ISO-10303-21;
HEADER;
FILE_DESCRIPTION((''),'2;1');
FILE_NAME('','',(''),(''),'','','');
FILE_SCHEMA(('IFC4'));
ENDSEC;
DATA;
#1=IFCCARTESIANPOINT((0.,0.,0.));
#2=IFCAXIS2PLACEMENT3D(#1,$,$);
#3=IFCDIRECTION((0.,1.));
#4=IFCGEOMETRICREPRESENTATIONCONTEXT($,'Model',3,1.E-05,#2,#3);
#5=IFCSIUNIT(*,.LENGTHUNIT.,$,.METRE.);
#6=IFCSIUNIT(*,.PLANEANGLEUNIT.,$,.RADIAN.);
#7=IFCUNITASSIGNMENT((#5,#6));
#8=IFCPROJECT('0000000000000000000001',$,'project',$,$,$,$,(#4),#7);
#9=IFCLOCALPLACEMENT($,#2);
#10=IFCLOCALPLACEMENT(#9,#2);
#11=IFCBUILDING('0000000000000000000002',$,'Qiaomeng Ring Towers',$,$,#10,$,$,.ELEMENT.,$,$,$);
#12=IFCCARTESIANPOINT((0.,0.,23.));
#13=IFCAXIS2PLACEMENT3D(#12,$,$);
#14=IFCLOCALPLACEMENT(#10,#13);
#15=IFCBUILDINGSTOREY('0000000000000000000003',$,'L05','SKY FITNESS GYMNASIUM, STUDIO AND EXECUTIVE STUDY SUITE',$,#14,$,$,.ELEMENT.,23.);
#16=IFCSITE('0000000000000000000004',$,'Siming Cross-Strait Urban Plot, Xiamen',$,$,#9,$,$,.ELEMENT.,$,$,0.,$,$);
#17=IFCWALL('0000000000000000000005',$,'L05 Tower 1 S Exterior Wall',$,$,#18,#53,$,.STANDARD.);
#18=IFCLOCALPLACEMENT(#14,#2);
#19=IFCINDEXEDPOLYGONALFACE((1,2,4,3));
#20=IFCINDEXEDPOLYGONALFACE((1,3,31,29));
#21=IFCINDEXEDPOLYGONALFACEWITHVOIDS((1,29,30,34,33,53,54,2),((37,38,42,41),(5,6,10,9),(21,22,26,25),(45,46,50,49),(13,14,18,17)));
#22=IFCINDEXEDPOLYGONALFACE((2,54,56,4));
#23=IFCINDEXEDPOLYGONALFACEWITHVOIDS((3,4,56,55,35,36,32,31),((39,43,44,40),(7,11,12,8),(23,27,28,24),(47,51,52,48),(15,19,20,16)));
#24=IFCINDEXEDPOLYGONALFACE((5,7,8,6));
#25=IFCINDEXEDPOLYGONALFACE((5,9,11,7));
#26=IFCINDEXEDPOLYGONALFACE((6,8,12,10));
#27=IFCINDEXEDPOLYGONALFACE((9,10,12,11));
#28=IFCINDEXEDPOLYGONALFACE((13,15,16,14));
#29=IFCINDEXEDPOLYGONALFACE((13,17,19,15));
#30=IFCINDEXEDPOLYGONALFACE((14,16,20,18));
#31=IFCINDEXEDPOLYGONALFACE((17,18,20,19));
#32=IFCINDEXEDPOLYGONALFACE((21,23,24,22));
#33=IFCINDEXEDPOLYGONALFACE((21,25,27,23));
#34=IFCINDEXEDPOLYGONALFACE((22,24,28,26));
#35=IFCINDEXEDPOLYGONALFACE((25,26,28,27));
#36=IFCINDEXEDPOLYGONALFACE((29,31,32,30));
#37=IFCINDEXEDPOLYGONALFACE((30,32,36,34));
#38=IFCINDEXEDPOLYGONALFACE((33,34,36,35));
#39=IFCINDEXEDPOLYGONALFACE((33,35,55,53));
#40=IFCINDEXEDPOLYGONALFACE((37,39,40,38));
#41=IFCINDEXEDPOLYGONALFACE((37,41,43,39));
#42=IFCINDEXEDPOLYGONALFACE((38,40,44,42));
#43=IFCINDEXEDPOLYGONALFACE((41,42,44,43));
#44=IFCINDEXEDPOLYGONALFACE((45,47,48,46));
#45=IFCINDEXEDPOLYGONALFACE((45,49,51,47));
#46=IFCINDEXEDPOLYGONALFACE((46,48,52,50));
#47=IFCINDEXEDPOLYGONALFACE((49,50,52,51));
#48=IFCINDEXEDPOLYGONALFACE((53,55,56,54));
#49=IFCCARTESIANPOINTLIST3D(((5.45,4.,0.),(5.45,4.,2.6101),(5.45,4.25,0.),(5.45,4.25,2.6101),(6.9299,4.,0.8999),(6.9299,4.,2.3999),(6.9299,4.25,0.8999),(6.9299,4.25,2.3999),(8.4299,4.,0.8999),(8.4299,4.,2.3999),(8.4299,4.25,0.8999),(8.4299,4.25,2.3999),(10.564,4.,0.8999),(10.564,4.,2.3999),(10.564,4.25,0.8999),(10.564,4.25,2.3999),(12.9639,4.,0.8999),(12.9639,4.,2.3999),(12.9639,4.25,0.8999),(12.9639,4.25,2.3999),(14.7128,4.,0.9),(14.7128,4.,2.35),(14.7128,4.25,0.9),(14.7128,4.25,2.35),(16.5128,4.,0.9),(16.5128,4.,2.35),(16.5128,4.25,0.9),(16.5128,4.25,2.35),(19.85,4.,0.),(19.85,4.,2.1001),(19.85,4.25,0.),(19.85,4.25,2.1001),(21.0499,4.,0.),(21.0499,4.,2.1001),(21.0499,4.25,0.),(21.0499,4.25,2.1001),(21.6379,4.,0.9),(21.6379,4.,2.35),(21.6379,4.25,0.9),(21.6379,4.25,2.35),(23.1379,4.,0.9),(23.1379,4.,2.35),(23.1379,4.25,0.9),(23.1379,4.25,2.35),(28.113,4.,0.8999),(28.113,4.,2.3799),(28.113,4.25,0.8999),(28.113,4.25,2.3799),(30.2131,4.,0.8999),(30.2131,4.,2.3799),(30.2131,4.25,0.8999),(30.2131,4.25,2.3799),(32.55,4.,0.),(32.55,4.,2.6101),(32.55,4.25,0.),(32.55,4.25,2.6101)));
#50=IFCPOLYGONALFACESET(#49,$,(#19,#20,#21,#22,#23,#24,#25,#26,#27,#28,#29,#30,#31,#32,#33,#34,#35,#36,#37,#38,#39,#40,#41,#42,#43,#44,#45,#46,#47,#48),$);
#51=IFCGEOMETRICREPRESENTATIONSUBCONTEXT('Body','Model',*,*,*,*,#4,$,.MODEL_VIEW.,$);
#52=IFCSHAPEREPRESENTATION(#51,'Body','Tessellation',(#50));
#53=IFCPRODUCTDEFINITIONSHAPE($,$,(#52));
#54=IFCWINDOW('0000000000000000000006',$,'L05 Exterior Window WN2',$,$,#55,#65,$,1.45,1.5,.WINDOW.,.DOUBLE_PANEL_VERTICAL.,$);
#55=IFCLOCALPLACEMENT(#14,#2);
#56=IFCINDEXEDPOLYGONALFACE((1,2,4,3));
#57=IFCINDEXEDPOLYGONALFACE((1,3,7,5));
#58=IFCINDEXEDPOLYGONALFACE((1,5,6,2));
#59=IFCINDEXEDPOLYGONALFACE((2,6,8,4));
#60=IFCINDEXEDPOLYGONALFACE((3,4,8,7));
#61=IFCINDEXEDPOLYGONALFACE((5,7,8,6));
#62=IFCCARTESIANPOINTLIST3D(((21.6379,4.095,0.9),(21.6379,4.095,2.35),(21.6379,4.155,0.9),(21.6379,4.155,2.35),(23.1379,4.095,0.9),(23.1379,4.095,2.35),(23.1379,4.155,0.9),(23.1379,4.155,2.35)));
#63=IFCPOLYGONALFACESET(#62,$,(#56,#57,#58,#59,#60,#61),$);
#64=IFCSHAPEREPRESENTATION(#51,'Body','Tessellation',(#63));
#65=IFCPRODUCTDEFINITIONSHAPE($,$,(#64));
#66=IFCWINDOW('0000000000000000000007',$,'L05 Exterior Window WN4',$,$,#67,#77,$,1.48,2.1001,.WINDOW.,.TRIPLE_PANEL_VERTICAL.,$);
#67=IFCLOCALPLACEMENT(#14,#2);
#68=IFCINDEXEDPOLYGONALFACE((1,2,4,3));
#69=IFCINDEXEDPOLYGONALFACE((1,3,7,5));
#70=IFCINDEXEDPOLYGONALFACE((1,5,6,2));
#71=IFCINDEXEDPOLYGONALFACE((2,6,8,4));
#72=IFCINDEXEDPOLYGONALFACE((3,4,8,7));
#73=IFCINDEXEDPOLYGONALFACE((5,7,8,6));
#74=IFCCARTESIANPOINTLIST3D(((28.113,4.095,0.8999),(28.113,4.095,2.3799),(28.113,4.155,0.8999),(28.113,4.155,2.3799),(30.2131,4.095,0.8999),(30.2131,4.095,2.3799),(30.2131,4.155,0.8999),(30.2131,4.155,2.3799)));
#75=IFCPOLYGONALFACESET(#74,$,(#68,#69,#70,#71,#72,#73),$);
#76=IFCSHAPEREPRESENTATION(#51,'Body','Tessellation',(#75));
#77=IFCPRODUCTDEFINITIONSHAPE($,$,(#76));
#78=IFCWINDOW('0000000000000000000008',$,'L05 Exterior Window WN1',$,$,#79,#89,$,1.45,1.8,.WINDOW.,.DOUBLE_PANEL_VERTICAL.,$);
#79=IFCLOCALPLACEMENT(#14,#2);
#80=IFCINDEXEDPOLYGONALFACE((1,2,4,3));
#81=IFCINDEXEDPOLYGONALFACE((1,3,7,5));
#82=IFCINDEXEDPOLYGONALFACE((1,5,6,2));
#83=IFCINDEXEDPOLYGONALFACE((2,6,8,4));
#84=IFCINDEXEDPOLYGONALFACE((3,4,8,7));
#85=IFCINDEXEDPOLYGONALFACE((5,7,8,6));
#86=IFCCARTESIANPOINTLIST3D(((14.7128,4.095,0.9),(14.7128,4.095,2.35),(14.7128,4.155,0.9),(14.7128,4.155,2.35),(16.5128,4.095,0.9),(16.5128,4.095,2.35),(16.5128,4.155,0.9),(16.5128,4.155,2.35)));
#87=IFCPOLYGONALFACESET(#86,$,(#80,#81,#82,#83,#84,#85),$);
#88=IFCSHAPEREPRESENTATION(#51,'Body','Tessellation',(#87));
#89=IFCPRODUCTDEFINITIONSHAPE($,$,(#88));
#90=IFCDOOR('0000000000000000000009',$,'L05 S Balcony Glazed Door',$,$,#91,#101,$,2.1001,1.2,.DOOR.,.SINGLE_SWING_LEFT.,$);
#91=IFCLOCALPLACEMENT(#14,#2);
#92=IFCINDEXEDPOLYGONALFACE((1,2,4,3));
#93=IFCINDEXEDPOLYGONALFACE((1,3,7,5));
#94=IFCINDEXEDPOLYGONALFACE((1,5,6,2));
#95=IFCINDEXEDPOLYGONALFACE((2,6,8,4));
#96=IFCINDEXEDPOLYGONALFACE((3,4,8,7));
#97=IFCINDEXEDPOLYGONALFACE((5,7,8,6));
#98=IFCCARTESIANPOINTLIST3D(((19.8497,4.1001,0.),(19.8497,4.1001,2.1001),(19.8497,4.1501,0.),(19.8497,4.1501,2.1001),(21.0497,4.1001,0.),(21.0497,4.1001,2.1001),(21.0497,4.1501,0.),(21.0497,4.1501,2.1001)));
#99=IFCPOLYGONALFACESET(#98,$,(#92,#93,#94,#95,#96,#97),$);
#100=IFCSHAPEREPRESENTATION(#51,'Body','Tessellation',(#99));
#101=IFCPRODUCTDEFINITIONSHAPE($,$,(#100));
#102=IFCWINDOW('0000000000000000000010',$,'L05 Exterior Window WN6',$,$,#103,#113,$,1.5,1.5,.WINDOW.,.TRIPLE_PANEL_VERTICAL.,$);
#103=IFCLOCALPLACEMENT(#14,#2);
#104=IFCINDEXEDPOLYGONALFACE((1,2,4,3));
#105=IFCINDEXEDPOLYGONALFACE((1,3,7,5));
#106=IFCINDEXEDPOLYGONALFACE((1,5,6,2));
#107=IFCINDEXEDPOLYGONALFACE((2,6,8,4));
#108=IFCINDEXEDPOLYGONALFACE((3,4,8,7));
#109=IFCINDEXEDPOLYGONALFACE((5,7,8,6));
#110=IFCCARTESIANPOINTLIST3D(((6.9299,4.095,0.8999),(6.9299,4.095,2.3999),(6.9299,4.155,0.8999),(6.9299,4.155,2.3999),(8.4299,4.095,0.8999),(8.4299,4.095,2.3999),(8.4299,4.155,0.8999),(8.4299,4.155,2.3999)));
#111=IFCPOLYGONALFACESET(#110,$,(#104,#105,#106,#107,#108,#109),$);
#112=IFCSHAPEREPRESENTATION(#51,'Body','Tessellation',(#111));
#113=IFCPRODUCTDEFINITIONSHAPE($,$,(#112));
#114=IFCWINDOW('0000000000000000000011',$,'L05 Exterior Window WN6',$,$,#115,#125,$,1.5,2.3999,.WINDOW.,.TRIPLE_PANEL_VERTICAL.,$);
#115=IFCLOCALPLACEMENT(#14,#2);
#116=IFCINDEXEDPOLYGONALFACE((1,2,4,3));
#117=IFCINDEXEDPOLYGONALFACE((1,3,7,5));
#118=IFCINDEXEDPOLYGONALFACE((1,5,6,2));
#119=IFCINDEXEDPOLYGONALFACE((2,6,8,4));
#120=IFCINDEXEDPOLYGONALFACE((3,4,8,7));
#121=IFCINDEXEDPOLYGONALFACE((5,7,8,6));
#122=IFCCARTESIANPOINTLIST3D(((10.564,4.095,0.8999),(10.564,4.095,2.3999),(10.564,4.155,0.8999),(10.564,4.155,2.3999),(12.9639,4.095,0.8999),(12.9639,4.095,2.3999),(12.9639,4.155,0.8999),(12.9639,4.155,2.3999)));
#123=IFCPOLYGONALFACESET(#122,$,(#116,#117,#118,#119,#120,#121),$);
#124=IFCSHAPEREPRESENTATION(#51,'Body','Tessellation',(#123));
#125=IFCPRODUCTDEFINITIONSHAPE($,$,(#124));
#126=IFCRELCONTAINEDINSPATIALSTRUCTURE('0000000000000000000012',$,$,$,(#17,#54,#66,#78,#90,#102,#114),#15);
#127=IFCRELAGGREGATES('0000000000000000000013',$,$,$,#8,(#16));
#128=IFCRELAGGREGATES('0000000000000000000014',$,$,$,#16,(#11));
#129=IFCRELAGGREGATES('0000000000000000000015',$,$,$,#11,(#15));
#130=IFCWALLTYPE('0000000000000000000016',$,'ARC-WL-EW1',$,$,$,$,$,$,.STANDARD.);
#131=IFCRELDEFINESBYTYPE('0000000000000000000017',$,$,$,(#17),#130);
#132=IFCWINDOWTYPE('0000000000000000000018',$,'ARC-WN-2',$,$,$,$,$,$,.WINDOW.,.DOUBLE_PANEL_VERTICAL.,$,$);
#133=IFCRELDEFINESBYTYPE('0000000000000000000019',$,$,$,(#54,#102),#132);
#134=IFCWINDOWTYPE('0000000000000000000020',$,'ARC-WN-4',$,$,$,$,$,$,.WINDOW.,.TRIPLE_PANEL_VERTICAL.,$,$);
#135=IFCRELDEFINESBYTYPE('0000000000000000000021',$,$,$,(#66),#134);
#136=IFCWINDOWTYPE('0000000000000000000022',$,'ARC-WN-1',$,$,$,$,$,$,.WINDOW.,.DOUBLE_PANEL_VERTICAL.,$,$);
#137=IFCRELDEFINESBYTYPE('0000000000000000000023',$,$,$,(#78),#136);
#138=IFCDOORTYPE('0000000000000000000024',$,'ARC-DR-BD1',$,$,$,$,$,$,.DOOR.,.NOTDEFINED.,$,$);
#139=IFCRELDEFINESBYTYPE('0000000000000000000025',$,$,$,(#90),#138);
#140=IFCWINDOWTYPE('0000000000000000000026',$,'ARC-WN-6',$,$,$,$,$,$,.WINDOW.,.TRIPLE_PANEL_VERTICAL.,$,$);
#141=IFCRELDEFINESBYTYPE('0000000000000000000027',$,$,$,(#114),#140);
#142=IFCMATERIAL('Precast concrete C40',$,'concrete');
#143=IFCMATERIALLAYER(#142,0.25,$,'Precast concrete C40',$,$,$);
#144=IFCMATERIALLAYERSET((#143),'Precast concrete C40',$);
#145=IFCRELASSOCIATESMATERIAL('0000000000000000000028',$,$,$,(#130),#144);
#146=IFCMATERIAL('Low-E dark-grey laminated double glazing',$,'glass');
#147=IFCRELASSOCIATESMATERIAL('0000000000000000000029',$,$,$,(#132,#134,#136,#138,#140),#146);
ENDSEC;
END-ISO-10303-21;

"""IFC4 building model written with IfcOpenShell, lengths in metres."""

from ifc_helpers import new_model, si_unit, direction, frame, frame_2d, origin, place, context, subcontext, project, spatial, rectangle, extrude, source, transform, mapped, material, layer, layer_set, type_object, element, fill, save


model = new_model("IFC4")

# Units and contexts
model_context = context("Model", 3, precision=1e-05, world=origin(), true_north=direction((0.0, 1.0)))
body_context = subcontext(model_context, "Body", "Model", "MODEL_VIEW")
ifc_project = project(units=[si_unit("LENGTHUNIT", "METRE"), si_unit("PLANEANGLEUNIT", "RADIAN")], contexts=[model_context])

# Site, building, storey
site_placement = place(None, origin())
site = spatial("IfcSite", under=ifc_project, at=site_placement, Name="Siming Cross-Strait Urban Plot, Xiamen", CompositionType="ELEMENT", RefElevation=0.0)
building_placement = place(site_placement, origin())
building = spatial("IfcBuilding", under=site, at=building_placement, Name="Qiaomeng Ring Towers", CompositionType="ELEMENT")
storey_placement = place(building_placement, frame((0.0, 0.0, 23.0)))
storey = spatial("IfcBuildingStorey", under=building, at=storey_placement, Name="L05", Description="SKY FITNESS GYMNASIUM, STUDIO AND EXECUTIVE STUDY SUITE", CompositionType="ELEMENT", Elevation=23.0)

# Shared definitions
ifc_material_1 = material(Name="Low-E dark-grey laminated double glazing", Category="glass")

# Wall, openings, windows, door
ifc_material_2 = material(Name="Precast concrete C40", Category="concrete")
ifc_layer_1 = layer(ifc_material_2, 0.25, Name="Precast concrete C40")
ifc_layer_set_1 = layer_set([ifc_layer_1], Name="Precast concrete C40")
wall_type_1 = type_object("IfcWallType", Name="ARC-WL-EW1", PredefinedType="STANDARD", material=ifc_layer_set_1)
wall_1_placement = place(storey_placement, frame((5.45, 4.125, 0.0), z_axis=(0.0, 0.0, 1.0), x_axis=(1.0, 0.0, 0.0)))
wall_1 = element("IfcWall", 1, at=wall_1_placement, inside=storey, type_object=wall_type_1, Name="L05 Tower 1 S Exterior Wall", PredefinedType="STANDARD", context=body_context, shape_type="SweptSolid", body=[
    extrude(rectangle(XDim=27.1001, YDim=0.25, at=frame_2d((13.55, 0.0))), origin(), (0.0, 0.0, 1.0), 2.6101),
])
opening_1_placement = place(wall_1_placement, frame((14.3999, 0.0, 0.0)))
opening_1 = element("IfcOpeningElement", 2, at=opening_1_placement, cuts=wall_1, PredefinedType="OPENING", context=body_context, shape_type="SweptSolid", body=[
    extrude(rectangle(XDim=1.2, YDim=2.1001, at=frame_2d((0.6001, 1.05))), frame((0.0, 0.135, 0.0), z_axis=(0.0, -1.0, 0.0), x_axis=(1.0, 0.0, 0.0)), (0.0, 0.0, 1.0), 0.27),
])
opening_2_placement = place(wall_1_placement, frame((1.48, 0.0, 0.8999)))
opening_2 = element("IfcOpeningElement", 3, at=opening_2_placement, cuts=wall_1, PredefinedType="OPENING", context=body_context, shape_type="SweptSolid", body=[
    extrude(rectangle(XDim=1.5, YDim=1.5, at=frame_2d((0.75, 0.75))), frame((0.0, 0.135, 0.0), z_axis=(0.0, -1.0, 0.0), x_axis=(1.0, 0.0, 0.0)), (0.0, 0.0, 1.0), 0.27),
])
opening_3_placement = place(wall_1_placement, frame((9.2629, 0.0, 0.8999)))
opening_3 = element("IfcOpeningElement", 4, at=opening_3_placement, cuts=wall_1, PredefinedType="OPENING", context=body_context, shape_type="SweptSolid", body=[
    extrude(rectangle(XDim=1.8, YDim=1.45, at=frame_2d((0.8999, 0.7251))), frame((0.0, 0.135, 0.0), z_axis=(0.0, -1.0, 0.0), x_axis=(1.0, 0.0, 0.0)), (0.0, 0.0, 1.0), 0.27),
])
opening_4_placement = place(wall_1_placement, frame((16.188, 0.0, 0.8999)))
opening_4 = element("IfcOpeningElement", 5, at=opening_4_placement, cuts=wall_1, PredefinedType="OPENING", context=body_context, shape_type="SweptSolid", body=[
    extrude(rectangle(XDim=1.5, YDim=1.45, at=frame_2d((0.75, 0.7251))), frame((0.0, 0.135, 0.0), z_axis=(0.0, -1.0, 0.0), x_axis=(1.0, 0.0, 0.0)), (0.0, 0.0, 1.0), 0.27),
])
opening_5_placement = place(wall_1_placement, frame((22.6631, 0.0, 0.8999)))
opening_5 = element("IfcOpeningElement", 6, at=opening_5_placement, cuts=wall_1, PredefinedType="OPENING", context=body_context, shape_type="SweptSolid", body=[
    extrude(rectangle(XDim=2.1001, YDim=1.48, at=frame_2d((1.05, 0.74))), frame((0.0, 0.135, 0.0), z_axis=(0.0, -1.0, 0.0), x_axis=(1.0, 0.0, 0.0)), (0.0, 0.0, 1.0), 0.27),
])
opening_6_placement = place(wall_1_placement, frame((5.114, 0.0, 0.8999)))
opening_6 = element("IfcOpeningElement", 7, at=opening_6_placement, cuts=wall_1, PredefinedType="OPENING", context=body_context, shape_type="SweptSolid", body=[
    extrude(rectangle(XDim=2.3999, YDim=1.5, at=frame_2d((1.2, 0.75))), frame((0.0, 0.135, 0.0), z_axis=(0.0, -1.0, 0.0), x_axis=(1.0, 0.0, 0.0)), (0.0, 0.0, 1.0), 0.27),
])
window_type_1 = type_object("IfcWindowType", Name="ARC-WN-2", PartitioningType="DOUBLE_PANEL_VERTICAL", PredefinedType="WINDOW", material=ifc_material_1)
shared_shape_1 = source(origin(), body_context, "Body", "SweptSolid", [
    extrude(rectangle(XDim=1.5, YDim=1.45, at=frame_2d((0.75, 0.7251))), frame((0.0, 0.03, 0.0), z_axis=(0.0, -1.0, 0.0), x_axis=(1.0, 0.0, 0.0)), (0.0, 0.0, 1.0), 0.0601),
])
window_1_placement = place(opening_4_placement, origin())
window_1 = element("IfcWindow", 8, at=window_1_placement, inside=storey, type_object=window_type_1, Name="L05 Exterior Window WN2", OverallHeight=1.45, OverallWidth=1.5, PartitioningType="DOUBLE_PANEL_VERTICAL", PredefinedType="WINDOW", context=body_context, shape_type="MappedRepresentation", body=[
    mapped(shared_shape_1, transform((0.0, 0.0, 0.0), x_axis=(1.0, 0.0, 0.0), y_axis=(0.0, 1.0, 0.0), z_axis=(0.0, 0.0, 1.0), scale=1.0)),
])
fill(opening_4, window_1)
window_type_2 = type_object("IfcWindowType", Name="ARC-WN-4", PartitioningType="TRIPLE_PANEL_VERTICAL", PredefinedType="WINDOW", material=ifc_material_1)
shared_shape_2 = source(origin(), body_context, "Body", "SweptSolid", [
    extrude(rectangle(XDim=2.1001, YDim=1.48, at=frame_2d((1.05, 0.74))), frame((0.0, 0.03, 0.0), z_axis=(0.0, -1.0, 0.0), x_axis=(1.0, 0.0, 0.0)), (0.0, 0.0, 1.0), 0.0601),
])
window_2_placement = place(opening_5_placement, origin())
window_2 = element("IfcWindow", 9, at=window_2_placement, inside=storey, type_object=window_type_2, Name="L05 Exterior Window WN4", OverallHeight=1.48, OverallWidth=2.1001, PartitioningType="TRIPLE_PANEL_VERTICAL", PredefinedType="WINDOW", context=body_context, shape_type="MappedRepresentation", body=[
    mapped(shared_shape_2, transform((0.0, 0.0, 0.0), x_axis=(1.0, 0.0, 0.0), y_axis=(0.0, 1.0, 0.0), z_axis=(0.0, 0.0, 1.0), scale=1.0)),
])
fill(opening_5, window_2)
window_type_3 = type_object("IfcWindowType", Name="ARC-WN-1", PartitioningType="DOUBLE_PANEL_VERTICAL", PredefinedType="WINDOW", material=ifc_material_1)
shared_shape_3 = source(origin(), body_context, "Body", "SweptSolid", [
    extrude(rectangle(XDim=1.8, YDim=1.45, at=frame_2d((0.8999, 0.7251))), frame((0.0, 0.03, 0.0), z_axis=(0.0, -1.0, 0.0), x_axis=(1.0, 0.0, 0.0)), (0.0, 0.0, 1.0), 0.0601),
])
window_3_placement = place(opening_3_placement, origin())
window_3 = element("IfcWindow", 10, at=window_3_placement, inside=storey, type_object=window_type_3, Name="L05 Exterior Window WN1", OverallHeight=1.45, OverallWidth=1.8, PartitioningType="DOUBLE_PANEL_VERTICAL", PredefinedType="WINDOW", context=body_context, shape_type="MappedRepresentation", body=[
    mapped(shared_shape_3, transform((0.0, 0.0, 0.0), x_axis=(1.0, 0.0, 0.0), y_axis=(0.0, 1.0, 0.0), z_axis=(0.0, 0.0, 1.0), scale=1.0)),
])
fill(opening_3, window_3)
door_type_1 = type_object("IfcDoorType", Name="ARC-DR-BD1", OperationType="NOTDEFINED", PredefinedType="DOOR", material=ifc_material_1)
shared_shape_4 = source(origin(), body_context, "Body", "SweptSolid", [
    extrude(rectangle(XDim=1.2, YDim=2.1001, at=frame_2d((0.6001, 1.05))), frame((0.0, 0.0249, 0.0), z_axis=(0.0, -1.0, 0.0), x_axis=(1.0, 0.0, 0.0)), (0.0, 0.0, 1.0), 0.05),
])
door_1_placement = place(opening_1_placement, frame((1.2, 0.0, 0.0), z_axis=(0.0, 0.0, 1.0), x_axis=(-1.0, 0.0, 0.0)))
door_1 = element("IfcDoor", 11, at=door_1_placement, inside=storey, type_object=door_type_1, Name="L05 S Balcony Glazed Door", OperationType="SINGLE_SWING_LEFT", OverallHeight=2.1001, OverallWidth=1.2, PredefinedType="DOOR", context=body_context, shape_type="MappedRepresentation", body=[
    mapped(shared_shape_4, transform((0.0, 0.0, 0.0), x_axis=(1.0, 0.0, 0.0), y_axis=(0.0, 1.0, 0.0), z_axis=(0.0, 0.0, 1.0), scale=1.0)),
])
fill(opening_1, door_1)
shared_shape_5 = source(origin(), body_context, "Body", "SweptSolid", [
    extrude(rectangle(XDim=1.5, YDim=1.5, at=frame_2d((0.75, 0.75))), frame((0.0, 0.03, 0.0), z_axis=(0.0, -1.0, 0.0), x_axis=(1.0, 0.0, 0.0)), (0.0, 0.0, 1.0), 0.0601),
])
window_4_placement = place(opening_2_placement, origin())
window_4 = element("IfcWindow", 12, at=window_4_placement, inside=storey, type_object=window_type_1, Name="L05 Exterior Window WN6", OverallHeight=1.5, OverallWidth=1.5, PartitioningType="TRIPLE_PANEL_VERTICAL", PredefinedType="WINDOW", context=body_context, shape_type="MappedRepresentation", body=[
    mapped(shared_shape_5, transform((0.0, 0.0, 0.0), x_axis=(1.0, 0.0, 0.0), y_axis=(0.0, 1.0, 0.0), z_axis=(0.0, 0.0, 1.0), scale=1.0)),
])
fill(opening_2, window_4)
window_type_4 = type_object("IfcWindowType", Name="ARC-WN-6", PartitioningType="TRIPLE_PANEL_VERTICAL", PredefinedType="WINDOW", material=ifc_material_1)
shared_shape_6 = source(origin(), body_context, "Body", "SweptSolid", [
    extrude(rectangle(XDim=2.3999, YDim=1.5, at=frame_2d((1.2, 0.75))), frame((0.0, 0.03, 0.0), z_axis=(0.0, -1.0, 0.0), x_axis=(1.0, 0.0, 0.0)), (0.0, 0.0, 1.0), 0.0601),
])
window_5_placement = place(opening_6_placement, origin())
window_5 = element("IfcWindow", 13, at=window_5_placement, inside=storey, type_object=window_type_4, Name="L05 Exterior Window WN6", OverallHeight=1.5, OverallWidth=2.3999, PartitioningType="TRIPLE_PANEL_VERTICAL", PredefinedType="WINDOW", context=body_context, shape_type="MappedRepresentation", body=[
    mapped(shared_shape_6, transform((0.0, 0.0, 0.0), x_axis=(1.0, 0.0, 0.0), y_axis=(0.0, 1.0, 0.0), z_axis=(0.0, 0.0, 1.0), scale=1.0)),
])
fill(opening_6, window_5)

save(model, "model.ifc")
